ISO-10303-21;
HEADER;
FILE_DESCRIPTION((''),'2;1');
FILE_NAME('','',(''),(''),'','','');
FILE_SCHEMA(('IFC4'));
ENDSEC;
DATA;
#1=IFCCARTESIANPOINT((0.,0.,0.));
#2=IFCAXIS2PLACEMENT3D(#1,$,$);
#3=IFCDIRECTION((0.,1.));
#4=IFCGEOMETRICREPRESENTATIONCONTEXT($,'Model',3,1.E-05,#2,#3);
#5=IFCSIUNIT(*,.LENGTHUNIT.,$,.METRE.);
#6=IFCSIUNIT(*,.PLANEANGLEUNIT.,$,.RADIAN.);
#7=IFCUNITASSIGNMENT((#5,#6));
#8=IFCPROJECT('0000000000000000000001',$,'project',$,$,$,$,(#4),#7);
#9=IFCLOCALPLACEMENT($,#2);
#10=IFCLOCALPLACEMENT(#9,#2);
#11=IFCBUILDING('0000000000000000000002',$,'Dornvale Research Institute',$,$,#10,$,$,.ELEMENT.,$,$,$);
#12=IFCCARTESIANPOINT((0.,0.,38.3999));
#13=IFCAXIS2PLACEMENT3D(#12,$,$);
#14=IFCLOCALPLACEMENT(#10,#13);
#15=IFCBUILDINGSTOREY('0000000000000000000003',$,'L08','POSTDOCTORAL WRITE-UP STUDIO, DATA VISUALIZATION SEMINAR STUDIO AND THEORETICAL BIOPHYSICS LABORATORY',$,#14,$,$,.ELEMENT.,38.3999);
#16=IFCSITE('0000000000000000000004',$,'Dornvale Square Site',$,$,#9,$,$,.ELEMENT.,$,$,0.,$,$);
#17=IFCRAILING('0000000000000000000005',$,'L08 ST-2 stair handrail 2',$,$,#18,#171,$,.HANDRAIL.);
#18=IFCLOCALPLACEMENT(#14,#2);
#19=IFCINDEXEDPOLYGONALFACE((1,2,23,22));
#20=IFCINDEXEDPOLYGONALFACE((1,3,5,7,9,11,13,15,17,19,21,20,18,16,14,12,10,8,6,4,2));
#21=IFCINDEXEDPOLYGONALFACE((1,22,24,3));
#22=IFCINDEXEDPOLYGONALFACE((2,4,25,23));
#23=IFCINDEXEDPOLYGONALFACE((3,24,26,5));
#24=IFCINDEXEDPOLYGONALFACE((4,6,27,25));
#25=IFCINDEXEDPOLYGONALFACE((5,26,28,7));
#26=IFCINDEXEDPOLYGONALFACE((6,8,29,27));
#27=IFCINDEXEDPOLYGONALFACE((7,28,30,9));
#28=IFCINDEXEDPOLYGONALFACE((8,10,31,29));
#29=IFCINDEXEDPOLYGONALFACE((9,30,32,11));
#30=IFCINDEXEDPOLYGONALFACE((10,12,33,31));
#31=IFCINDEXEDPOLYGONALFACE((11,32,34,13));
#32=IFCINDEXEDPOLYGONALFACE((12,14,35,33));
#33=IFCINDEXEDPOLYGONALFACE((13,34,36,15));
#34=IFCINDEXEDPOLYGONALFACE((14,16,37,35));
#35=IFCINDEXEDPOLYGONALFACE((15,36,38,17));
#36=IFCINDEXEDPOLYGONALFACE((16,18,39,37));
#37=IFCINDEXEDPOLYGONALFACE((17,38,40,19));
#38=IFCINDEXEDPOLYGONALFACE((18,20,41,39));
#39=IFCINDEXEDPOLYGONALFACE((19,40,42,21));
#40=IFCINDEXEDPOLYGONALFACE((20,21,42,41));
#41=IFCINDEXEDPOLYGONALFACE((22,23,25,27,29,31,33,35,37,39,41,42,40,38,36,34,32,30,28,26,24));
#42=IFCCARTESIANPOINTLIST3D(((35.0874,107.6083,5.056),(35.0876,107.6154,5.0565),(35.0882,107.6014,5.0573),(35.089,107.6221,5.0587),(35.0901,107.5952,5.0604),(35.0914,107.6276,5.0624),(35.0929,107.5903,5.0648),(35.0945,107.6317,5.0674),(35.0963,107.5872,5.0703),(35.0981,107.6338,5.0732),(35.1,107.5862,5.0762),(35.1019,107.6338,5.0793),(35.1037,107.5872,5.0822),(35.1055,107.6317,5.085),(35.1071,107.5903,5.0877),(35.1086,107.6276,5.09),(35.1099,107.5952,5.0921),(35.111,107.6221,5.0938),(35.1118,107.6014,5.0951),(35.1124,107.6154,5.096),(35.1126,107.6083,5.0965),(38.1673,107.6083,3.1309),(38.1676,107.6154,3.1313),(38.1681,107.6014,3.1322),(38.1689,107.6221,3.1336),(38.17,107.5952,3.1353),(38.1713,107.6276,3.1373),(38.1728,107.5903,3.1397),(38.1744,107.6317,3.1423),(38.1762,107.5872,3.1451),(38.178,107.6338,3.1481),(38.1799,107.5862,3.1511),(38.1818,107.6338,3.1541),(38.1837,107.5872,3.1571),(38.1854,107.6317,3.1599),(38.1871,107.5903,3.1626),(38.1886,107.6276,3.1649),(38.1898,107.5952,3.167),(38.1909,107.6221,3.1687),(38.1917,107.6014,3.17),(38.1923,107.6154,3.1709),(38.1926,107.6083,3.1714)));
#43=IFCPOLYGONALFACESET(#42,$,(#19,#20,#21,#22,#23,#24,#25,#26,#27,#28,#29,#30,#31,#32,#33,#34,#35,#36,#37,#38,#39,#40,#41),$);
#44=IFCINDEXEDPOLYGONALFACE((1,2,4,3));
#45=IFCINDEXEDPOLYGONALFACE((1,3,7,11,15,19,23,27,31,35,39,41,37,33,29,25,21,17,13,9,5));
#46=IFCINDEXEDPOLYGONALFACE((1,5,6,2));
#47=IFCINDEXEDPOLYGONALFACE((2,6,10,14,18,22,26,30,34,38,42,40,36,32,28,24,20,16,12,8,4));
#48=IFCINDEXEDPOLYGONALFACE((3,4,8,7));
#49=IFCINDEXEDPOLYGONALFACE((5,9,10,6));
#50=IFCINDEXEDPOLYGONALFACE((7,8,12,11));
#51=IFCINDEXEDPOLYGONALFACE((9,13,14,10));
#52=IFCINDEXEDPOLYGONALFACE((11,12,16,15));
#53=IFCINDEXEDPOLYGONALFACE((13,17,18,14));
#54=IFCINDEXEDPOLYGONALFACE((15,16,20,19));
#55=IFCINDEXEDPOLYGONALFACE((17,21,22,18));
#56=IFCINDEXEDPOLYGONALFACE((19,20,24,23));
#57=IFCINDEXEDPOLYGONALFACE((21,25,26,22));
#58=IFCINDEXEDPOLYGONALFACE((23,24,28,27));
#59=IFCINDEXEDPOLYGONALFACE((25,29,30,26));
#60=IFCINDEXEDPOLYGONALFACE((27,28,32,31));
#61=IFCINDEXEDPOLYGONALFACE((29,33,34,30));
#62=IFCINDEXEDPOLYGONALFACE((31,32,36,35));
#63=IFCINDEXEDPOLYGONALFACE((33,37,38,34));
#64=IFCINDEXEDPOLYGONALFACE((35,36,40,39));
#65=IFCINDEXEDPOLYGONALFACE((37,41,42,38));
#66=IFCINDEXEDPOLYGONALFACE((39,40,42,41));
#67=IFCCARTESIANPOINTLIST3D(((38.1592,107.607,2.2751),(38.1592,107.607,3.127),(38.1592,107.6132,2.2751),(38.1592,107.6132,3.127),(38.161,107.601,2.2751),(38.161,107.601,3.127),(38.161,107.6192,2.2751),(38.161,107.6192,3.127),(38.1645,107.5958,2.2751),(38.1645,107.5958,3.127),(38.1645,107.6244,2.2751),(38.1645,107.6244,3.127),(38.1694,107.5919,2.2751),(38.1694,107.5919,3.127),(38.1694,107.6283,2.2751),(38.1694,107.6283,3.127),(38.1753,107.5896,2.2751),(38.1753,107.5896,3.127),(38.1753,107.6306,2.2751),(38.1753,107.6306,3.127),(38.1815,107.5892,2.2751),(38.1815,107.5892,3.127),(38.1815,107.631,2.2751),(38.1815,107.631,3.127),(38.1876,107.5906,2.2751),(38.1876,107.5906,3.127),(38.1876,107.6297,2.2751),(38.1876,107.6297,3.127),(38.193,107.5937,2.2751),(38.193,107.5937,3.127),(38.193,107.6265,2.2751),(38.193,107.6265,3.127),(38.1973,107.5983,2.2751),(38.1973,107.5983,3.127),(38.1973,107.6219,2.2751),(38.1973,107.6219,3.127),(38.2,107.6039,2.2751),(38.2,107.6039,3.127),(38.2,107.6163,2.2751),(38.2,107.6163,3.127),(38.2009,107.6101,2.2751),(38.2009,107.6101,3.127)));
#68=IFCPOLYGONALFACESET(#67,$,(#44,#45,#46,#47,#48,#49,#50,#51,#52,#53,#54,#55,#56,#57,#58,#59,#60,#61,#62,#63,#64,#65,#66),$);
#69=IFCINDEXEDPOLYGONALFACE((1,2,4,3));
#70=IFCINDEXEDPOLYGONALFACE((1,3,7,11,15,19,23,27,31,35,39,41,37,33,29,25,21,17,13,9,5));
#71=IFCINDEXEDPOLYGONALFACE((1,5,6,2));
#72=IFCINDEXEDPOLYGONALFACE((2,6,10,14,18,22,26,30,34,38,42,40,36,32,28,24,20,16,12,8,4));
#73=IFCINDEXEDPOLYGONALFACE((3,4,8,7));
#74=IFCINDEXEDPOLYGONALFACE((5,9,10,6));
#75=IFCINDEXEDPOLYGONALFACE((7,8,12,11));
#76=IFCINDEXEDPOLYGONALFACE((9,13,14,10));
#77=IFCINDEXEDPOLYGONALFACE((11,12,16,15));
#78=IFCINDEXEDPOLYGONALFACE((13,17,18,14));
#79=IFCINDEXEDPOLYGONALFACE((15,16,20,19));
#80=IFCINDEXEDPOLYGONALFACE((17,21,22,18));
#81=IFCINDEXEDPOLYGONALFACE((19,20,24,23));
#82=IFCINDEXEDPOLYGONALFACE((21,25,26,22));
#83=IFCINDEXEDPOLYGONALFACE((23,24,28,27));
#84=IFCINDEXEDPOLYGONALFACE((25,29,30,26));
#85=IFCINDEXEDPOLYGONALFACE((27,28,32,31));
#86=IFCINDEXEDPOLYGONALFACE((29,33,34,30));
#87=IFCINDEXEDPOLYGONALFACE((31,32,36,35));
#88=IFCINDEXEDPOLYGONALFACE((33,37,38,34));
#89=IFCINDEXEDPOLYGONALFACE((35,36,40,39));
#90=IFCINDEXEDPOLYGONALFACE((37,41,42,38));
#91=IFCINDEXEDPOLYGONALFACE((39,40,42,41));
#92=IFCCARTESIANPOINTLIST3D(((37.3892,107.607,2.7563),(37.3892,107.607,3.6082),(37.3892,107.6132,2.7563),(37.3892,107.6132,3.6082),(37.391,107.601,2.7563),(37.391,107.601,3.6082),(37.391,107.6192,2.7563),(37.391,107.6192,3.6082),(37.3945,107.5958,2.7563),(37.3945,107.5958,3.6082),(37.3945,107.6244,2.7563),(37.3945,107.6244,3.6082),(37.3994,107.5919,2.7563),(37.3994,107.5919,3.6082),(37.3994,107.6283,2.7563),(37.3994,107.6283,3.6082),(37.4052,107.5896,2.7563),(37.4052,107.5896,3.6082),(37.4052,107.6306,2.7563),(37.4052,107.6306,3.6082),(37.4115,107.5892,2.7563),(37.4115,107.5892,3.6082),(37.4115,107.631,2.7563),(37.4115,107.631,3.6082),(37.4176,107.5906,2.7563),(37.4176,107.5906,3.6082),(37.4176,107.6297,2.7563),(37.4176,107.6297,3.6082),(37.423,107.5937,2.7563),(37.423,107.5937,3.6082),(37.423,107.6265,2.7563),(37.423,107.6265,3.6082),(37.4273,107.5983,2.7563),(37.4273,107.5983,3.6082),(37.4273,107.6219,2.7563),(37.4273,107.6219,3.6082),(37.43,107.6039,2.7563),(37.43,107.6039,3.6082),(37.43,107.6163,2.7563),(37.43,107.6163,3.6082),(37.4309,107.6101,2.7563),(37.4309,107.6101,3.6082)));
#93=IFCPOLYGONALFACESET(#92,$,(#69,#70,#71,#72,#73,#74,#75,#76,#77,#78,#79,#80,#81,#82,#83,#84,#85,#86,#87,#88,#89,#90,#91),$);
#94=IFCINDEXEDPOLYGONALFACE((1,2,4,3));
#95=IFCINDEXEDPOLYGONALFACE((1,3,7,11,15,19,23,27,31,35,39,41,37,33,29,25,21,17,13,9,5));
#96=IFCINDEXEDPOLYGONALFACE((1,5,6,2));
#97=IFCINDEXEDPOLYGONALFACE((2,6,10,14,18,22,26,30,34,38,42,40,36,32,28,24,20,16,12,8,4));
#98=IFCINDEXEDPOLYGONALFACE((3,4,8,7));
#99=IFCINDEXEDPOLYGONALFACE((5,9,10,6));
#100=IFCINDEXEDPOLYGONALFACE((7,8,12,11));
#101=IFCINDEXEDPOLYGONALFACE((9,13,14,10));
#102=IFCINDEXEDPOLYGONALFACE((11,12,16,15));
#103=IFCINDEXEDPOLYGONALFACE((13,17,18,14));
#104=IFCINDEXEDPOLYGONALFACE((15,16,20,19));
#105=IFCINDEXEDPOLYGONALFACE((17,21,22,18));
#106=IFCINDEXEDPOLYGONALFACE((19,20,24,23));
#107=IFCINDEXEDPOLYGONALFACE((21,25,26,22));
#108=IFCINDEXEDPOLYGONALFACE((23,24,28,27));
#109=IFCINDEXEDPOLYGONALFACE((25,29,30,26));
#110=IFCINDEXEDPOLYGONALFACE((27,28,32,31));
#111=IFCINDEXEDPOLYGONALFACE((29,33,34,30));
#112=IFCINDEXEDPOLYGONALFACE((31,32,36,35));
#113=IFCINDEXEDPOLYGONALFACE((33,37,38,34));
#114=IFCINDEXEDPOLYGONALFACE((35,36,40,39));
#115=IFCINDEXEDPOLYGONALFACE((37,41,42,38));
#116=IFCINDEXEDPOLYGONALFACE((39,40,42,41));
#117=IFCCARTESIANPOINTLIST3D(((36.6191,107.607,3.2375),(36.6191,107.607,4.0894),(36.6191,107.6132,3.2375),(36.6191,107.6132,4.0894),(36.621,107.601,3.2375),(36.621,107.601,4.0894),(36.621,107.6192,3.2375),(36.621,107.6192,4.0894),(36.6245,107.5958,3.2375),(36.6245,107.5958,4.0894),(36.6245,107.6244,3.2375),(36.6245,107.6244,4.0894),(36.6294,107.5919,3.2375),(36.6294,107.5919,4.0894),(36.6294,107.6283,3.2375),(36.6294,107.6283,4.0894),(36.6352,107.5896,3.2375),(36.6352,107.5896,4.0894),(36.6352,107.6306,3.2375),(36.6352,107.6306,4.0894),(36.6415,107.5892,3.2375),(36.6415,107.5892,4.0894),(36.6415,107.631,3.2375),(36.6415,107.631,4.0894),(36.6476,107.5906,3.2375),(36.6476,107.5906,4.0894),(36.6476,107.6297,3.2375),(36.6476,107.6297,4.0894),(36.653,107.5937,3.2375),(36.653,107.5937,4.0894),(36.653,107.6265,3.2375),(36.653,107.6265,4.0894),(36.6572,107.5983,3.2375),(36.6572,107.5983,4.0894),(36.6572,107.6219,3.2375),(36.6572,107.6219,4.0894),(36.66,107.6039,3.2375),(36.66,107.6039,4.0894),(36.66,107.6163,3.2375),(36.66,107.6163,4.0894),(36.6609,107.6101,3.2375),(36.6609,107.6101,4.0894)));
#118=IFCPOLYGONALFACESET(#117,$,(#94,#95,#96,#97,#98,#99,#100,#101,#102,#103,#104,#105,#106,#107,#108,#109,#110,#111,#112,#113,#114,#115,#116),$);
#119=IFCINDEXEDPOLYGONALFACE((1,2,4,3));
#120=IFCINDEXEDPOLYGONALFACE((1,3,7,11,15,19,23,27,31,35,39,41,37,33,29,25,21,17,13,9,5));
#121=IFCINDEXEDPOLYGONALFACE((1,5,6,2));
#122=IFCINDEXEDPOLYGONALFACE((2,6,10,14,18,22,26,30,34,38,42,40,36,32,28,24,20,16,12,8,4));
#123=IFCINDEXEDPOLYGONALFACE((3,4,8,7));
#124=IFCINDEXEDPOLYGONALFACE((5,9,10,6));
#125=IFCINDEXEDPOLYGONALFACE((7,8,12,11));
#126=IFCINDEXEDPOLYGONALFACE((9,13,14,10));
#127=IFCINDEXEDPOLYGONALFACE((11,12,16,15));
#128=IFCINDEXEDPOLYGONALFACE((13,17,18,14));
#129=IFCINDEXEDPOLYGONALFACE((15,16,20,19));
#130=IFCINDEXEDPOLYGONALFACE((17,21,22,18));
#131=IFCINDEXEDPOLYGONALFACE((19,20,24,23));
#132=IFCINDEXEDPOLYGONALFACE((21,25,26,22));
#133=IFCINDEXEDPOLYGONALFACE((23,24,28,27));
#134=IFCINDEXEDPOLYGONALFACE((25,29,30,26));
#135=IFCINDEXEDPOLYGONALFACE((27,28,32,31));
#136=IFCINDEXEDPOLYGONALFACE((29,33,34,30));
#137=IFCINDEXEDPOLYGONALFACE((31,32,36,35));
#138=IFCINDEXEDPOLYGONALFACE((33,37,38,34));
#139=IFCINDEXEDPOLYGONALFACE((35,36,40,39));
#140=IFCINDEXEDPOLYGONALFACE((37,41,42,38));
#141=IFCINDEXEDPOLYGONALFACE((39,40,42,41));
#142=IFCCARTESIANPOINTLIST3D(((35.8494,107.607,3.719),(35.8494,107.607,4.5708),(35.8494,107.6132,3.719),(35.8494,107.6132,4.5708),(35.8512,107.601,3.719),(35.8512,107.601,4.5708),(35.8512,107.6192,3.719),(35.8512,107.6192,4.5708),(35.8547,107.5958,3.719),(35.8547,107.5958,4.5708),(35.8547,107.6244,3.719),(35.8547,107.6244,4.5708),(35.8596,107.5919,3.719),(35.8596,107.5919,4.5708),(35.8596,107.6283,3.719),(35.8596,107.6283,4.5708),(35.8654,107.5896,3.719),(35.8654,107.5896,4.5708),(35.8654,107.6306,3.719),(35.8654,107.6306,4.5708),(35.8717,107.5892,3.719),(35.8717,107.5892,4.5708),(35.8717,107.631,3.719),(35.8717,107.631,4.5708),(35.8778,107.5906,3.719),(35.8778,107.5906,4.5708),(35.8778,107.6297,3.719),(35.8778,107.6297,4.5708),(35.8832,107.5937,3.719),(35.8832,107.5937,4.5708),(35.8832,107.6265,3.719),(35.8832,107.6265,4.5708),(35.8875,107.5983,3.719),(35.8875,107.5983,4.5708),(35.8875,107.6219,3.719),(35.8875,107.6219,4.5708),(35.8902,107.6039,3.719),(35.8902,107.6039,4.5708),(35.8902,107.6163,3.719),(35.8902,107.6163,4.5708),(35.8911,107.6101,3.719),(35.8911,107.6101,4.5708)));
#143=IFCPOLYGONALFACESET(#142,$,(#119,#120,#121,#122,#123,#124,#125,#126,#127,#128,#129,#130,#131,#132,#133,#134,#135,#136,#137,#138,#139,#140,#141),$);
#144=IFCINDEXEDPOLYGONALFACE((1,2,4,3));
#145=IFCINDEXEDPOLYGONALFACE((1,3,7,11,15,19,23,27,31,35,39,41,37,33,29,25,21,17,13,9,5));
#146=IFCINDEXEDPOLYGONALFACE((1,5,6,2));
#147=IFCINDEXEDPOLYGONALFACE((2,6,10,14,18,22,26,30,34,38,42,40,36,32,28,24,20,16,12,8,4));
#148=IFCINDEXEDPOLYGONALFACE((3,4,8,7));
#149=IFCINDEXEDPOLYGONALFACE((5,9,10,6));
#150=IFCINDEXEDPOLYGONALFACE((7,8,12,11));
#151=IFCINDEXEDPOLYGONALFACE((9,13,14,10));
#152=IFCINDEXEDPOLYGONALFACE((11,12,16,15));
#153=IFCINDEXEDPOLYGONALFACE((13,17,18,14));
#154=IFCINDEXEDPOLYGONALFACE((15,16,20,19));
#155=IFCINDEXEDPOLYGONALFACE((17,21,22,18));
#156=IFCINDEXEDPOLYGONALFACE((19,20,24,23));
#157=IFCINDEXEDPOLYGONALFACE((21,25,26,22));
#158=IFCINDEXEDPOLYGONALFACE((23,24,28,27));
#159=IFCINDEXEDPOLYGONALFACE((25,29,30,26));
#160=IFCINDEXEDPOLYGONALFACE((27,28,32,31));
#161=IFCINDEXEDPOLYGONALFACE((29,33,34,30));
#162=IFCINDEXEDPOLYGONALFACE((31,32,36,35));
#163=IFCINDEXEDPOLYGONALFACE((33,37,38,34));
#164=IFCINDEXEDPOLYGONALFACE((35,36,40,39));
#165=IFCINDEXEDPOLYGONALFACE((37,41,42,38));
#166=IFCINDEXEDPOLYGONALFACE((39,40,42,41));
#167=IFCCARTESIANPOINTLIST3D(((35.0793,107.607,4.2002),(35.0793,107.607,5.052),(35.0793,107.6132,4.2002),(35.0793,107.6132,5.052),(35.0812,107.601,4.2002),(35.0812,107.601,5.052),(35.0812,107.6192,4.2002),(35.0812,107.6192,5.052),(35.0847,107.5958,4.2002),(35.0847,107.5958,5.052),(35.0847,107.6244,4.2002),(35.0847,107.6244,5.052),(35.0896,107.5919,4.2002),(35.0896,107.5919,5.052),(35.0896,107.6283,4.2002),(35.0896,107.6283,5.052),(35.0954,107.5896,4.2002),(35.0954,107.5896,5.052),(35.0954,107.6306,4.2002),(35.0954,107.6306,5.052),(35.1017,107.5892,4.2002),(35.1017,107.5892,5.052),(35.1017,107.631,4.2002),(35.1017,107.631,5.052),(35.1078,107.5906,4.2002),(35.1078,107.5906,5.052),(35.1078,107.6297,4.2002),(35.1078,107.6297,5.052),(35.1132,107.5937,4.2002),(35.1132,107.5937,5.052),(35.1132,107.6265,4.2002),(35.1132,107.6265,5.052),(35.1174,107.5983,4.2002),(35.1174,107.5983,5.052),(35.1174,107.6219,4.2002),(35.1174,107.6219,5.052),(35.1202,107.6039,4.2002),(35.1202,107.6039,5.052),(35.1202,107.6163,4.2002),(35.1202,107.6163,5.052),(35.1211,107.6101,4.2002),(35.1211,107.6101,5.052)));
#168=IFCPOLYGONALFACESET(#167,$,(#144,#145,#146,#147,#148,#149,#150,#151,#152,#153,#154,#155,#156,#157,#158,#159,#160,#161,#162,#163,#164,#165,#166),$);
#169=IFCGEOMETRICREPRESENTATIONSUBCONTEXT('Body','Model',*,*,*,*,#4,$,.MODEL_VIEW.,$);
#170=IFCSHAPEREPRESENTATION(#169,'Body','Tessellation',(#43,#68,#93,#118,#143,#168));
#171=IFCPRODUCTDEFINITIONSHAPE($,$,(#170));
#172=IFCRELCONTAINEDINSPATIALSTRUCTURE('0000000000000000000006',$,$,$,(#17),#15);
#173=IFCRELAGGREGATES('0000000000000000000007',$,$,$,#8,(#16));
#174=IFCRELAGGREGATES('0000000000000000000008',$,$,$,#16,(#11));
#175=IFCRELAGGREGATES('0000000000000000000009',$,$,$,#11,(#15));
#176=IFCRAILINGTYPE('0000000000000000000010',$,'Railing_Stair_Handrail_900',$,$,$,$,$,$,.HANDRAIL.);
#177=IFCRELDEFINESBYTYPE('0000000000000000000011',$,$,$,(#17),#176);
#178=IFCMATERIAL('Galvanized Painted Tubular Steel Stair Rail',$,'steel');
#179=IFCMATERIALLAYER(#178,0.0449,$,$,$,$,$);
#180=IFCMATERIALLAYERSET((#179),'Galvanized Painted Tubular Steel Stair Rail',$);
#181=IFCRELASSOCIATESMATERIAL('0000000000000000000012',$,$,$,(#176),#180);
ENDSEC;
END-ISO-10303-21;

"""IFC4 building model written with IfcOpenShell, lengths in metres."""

from ifc_helpers import new_model, si_unit, direction, frame, origin, origin_2d, place, context, subcontext, project, spatial, circle, extrude, material, layer, layer_set, type_object, element, save


model = new_model("IFC4")

# Units and contexts
model_context = context("Model", 3, precision=1e-05, world=origin(), true_north=direction((0.0, 1.0)))
body_context = subcontext(model_context, "Body", "Model", "MODEL_VIEW")
ifc_project = project(units=[si_unit("LENGTHUNIT", "METRE"), si_unit("PLANEANGLEUNIT", "RADIAN")], contexts=[model_context])

# Site, building, storey
site_placement = place(None, origin())
site = spatial("IfcSite", under=ifc_project, at=site_placement, Name="Dornvale Square Site", CompositionType="ELEMENT", RefElevation=0.0)
building_placement = place(site_placement, origin())
building = spatial("IfcBuilding", under=site, at=building_placement, Name="Dornvale Research Institute", CompositionType="ELEMENT")
storey_placement = place(building_placement, frame((0.0, 0.0, 38.3999)))
storey = spatial("IfcBuildingStorey", under=building, at=storey_placement, Name="L08", Description="POSTDOCTORAL WRITE-UP STUDIO, DATA VISUALIZATION SEMINAR STUDIO AND THEORETICAL BIOPHYSICS LABORATORY", CompositionType="ELEMENT", Elevation=38.3999)

# Railing
ifc_material_1 = material(Name="Galvanized Painted Tubular Steel Stair Rail", Category="steel")
ifc_layer_1 = layer(ifc_material_1, 0.0449)
ifc_layer_set_1 = layer_set([ifc_layer_1], Name="Galvanized Painted Tubular Steel Stair Rail")
railing_type_1 = type_object("IfcRailingType", Name="Railing_Stair_Handrail_900", PredefinedType="HANDRAIL", material=ifc_layer_set_1)
railing_1_placement = place(storey_placement, frame((38.1799, 107.6101, 2.2751)))
element("IfcRailing", 1, at=railing_1_placement, inside=storey, type_object=railing_type_1, Name="L08 ST-2 stair handrail 2", PredefinedType="HANDRAIL", context=body_context, shape_type="SweptSolid", body=[
    extrude(circle(Radius=0.0239, at=origin_2d()), frame((0.0, 0.0, 0.876), z_axis=(-0.847979, 0.0, 0.530029), x_axis=(0.0, -1.0, 0.0)), (0.0, 0.0, 1.0), 3.6321),
    extrude(circle(Radius=0.021, at=origin_2d()), origin(), (0.0, 0.0, 1.0), 0.8518),
    extrude(circle(Radius=0.021, at=origin_2d()), frame((-0.77, 0.0, 0.4812)), (0.0, 0.0, 1.0), 0.8518),
    extrude(circle(Radius=0.021, at=origin_2d()), frame((-1.54, 0.0, 0.9624)), (0.0, 0.0, 1.0), 0.8518),
    extrude(circle(Radius=0.021, at=origin_2d()), frame((-2.3098, 0.0, 1.4438)), (0.0, 0.0, 1.0), 0.8518),
    extrude(circle(Radius=0.021, at=origin_2d()), frame((-3.0798, 0.0, 1.925)), (0.0, 0.0, 1.0), 0.8518),
])

save(model, "model.ifc")
